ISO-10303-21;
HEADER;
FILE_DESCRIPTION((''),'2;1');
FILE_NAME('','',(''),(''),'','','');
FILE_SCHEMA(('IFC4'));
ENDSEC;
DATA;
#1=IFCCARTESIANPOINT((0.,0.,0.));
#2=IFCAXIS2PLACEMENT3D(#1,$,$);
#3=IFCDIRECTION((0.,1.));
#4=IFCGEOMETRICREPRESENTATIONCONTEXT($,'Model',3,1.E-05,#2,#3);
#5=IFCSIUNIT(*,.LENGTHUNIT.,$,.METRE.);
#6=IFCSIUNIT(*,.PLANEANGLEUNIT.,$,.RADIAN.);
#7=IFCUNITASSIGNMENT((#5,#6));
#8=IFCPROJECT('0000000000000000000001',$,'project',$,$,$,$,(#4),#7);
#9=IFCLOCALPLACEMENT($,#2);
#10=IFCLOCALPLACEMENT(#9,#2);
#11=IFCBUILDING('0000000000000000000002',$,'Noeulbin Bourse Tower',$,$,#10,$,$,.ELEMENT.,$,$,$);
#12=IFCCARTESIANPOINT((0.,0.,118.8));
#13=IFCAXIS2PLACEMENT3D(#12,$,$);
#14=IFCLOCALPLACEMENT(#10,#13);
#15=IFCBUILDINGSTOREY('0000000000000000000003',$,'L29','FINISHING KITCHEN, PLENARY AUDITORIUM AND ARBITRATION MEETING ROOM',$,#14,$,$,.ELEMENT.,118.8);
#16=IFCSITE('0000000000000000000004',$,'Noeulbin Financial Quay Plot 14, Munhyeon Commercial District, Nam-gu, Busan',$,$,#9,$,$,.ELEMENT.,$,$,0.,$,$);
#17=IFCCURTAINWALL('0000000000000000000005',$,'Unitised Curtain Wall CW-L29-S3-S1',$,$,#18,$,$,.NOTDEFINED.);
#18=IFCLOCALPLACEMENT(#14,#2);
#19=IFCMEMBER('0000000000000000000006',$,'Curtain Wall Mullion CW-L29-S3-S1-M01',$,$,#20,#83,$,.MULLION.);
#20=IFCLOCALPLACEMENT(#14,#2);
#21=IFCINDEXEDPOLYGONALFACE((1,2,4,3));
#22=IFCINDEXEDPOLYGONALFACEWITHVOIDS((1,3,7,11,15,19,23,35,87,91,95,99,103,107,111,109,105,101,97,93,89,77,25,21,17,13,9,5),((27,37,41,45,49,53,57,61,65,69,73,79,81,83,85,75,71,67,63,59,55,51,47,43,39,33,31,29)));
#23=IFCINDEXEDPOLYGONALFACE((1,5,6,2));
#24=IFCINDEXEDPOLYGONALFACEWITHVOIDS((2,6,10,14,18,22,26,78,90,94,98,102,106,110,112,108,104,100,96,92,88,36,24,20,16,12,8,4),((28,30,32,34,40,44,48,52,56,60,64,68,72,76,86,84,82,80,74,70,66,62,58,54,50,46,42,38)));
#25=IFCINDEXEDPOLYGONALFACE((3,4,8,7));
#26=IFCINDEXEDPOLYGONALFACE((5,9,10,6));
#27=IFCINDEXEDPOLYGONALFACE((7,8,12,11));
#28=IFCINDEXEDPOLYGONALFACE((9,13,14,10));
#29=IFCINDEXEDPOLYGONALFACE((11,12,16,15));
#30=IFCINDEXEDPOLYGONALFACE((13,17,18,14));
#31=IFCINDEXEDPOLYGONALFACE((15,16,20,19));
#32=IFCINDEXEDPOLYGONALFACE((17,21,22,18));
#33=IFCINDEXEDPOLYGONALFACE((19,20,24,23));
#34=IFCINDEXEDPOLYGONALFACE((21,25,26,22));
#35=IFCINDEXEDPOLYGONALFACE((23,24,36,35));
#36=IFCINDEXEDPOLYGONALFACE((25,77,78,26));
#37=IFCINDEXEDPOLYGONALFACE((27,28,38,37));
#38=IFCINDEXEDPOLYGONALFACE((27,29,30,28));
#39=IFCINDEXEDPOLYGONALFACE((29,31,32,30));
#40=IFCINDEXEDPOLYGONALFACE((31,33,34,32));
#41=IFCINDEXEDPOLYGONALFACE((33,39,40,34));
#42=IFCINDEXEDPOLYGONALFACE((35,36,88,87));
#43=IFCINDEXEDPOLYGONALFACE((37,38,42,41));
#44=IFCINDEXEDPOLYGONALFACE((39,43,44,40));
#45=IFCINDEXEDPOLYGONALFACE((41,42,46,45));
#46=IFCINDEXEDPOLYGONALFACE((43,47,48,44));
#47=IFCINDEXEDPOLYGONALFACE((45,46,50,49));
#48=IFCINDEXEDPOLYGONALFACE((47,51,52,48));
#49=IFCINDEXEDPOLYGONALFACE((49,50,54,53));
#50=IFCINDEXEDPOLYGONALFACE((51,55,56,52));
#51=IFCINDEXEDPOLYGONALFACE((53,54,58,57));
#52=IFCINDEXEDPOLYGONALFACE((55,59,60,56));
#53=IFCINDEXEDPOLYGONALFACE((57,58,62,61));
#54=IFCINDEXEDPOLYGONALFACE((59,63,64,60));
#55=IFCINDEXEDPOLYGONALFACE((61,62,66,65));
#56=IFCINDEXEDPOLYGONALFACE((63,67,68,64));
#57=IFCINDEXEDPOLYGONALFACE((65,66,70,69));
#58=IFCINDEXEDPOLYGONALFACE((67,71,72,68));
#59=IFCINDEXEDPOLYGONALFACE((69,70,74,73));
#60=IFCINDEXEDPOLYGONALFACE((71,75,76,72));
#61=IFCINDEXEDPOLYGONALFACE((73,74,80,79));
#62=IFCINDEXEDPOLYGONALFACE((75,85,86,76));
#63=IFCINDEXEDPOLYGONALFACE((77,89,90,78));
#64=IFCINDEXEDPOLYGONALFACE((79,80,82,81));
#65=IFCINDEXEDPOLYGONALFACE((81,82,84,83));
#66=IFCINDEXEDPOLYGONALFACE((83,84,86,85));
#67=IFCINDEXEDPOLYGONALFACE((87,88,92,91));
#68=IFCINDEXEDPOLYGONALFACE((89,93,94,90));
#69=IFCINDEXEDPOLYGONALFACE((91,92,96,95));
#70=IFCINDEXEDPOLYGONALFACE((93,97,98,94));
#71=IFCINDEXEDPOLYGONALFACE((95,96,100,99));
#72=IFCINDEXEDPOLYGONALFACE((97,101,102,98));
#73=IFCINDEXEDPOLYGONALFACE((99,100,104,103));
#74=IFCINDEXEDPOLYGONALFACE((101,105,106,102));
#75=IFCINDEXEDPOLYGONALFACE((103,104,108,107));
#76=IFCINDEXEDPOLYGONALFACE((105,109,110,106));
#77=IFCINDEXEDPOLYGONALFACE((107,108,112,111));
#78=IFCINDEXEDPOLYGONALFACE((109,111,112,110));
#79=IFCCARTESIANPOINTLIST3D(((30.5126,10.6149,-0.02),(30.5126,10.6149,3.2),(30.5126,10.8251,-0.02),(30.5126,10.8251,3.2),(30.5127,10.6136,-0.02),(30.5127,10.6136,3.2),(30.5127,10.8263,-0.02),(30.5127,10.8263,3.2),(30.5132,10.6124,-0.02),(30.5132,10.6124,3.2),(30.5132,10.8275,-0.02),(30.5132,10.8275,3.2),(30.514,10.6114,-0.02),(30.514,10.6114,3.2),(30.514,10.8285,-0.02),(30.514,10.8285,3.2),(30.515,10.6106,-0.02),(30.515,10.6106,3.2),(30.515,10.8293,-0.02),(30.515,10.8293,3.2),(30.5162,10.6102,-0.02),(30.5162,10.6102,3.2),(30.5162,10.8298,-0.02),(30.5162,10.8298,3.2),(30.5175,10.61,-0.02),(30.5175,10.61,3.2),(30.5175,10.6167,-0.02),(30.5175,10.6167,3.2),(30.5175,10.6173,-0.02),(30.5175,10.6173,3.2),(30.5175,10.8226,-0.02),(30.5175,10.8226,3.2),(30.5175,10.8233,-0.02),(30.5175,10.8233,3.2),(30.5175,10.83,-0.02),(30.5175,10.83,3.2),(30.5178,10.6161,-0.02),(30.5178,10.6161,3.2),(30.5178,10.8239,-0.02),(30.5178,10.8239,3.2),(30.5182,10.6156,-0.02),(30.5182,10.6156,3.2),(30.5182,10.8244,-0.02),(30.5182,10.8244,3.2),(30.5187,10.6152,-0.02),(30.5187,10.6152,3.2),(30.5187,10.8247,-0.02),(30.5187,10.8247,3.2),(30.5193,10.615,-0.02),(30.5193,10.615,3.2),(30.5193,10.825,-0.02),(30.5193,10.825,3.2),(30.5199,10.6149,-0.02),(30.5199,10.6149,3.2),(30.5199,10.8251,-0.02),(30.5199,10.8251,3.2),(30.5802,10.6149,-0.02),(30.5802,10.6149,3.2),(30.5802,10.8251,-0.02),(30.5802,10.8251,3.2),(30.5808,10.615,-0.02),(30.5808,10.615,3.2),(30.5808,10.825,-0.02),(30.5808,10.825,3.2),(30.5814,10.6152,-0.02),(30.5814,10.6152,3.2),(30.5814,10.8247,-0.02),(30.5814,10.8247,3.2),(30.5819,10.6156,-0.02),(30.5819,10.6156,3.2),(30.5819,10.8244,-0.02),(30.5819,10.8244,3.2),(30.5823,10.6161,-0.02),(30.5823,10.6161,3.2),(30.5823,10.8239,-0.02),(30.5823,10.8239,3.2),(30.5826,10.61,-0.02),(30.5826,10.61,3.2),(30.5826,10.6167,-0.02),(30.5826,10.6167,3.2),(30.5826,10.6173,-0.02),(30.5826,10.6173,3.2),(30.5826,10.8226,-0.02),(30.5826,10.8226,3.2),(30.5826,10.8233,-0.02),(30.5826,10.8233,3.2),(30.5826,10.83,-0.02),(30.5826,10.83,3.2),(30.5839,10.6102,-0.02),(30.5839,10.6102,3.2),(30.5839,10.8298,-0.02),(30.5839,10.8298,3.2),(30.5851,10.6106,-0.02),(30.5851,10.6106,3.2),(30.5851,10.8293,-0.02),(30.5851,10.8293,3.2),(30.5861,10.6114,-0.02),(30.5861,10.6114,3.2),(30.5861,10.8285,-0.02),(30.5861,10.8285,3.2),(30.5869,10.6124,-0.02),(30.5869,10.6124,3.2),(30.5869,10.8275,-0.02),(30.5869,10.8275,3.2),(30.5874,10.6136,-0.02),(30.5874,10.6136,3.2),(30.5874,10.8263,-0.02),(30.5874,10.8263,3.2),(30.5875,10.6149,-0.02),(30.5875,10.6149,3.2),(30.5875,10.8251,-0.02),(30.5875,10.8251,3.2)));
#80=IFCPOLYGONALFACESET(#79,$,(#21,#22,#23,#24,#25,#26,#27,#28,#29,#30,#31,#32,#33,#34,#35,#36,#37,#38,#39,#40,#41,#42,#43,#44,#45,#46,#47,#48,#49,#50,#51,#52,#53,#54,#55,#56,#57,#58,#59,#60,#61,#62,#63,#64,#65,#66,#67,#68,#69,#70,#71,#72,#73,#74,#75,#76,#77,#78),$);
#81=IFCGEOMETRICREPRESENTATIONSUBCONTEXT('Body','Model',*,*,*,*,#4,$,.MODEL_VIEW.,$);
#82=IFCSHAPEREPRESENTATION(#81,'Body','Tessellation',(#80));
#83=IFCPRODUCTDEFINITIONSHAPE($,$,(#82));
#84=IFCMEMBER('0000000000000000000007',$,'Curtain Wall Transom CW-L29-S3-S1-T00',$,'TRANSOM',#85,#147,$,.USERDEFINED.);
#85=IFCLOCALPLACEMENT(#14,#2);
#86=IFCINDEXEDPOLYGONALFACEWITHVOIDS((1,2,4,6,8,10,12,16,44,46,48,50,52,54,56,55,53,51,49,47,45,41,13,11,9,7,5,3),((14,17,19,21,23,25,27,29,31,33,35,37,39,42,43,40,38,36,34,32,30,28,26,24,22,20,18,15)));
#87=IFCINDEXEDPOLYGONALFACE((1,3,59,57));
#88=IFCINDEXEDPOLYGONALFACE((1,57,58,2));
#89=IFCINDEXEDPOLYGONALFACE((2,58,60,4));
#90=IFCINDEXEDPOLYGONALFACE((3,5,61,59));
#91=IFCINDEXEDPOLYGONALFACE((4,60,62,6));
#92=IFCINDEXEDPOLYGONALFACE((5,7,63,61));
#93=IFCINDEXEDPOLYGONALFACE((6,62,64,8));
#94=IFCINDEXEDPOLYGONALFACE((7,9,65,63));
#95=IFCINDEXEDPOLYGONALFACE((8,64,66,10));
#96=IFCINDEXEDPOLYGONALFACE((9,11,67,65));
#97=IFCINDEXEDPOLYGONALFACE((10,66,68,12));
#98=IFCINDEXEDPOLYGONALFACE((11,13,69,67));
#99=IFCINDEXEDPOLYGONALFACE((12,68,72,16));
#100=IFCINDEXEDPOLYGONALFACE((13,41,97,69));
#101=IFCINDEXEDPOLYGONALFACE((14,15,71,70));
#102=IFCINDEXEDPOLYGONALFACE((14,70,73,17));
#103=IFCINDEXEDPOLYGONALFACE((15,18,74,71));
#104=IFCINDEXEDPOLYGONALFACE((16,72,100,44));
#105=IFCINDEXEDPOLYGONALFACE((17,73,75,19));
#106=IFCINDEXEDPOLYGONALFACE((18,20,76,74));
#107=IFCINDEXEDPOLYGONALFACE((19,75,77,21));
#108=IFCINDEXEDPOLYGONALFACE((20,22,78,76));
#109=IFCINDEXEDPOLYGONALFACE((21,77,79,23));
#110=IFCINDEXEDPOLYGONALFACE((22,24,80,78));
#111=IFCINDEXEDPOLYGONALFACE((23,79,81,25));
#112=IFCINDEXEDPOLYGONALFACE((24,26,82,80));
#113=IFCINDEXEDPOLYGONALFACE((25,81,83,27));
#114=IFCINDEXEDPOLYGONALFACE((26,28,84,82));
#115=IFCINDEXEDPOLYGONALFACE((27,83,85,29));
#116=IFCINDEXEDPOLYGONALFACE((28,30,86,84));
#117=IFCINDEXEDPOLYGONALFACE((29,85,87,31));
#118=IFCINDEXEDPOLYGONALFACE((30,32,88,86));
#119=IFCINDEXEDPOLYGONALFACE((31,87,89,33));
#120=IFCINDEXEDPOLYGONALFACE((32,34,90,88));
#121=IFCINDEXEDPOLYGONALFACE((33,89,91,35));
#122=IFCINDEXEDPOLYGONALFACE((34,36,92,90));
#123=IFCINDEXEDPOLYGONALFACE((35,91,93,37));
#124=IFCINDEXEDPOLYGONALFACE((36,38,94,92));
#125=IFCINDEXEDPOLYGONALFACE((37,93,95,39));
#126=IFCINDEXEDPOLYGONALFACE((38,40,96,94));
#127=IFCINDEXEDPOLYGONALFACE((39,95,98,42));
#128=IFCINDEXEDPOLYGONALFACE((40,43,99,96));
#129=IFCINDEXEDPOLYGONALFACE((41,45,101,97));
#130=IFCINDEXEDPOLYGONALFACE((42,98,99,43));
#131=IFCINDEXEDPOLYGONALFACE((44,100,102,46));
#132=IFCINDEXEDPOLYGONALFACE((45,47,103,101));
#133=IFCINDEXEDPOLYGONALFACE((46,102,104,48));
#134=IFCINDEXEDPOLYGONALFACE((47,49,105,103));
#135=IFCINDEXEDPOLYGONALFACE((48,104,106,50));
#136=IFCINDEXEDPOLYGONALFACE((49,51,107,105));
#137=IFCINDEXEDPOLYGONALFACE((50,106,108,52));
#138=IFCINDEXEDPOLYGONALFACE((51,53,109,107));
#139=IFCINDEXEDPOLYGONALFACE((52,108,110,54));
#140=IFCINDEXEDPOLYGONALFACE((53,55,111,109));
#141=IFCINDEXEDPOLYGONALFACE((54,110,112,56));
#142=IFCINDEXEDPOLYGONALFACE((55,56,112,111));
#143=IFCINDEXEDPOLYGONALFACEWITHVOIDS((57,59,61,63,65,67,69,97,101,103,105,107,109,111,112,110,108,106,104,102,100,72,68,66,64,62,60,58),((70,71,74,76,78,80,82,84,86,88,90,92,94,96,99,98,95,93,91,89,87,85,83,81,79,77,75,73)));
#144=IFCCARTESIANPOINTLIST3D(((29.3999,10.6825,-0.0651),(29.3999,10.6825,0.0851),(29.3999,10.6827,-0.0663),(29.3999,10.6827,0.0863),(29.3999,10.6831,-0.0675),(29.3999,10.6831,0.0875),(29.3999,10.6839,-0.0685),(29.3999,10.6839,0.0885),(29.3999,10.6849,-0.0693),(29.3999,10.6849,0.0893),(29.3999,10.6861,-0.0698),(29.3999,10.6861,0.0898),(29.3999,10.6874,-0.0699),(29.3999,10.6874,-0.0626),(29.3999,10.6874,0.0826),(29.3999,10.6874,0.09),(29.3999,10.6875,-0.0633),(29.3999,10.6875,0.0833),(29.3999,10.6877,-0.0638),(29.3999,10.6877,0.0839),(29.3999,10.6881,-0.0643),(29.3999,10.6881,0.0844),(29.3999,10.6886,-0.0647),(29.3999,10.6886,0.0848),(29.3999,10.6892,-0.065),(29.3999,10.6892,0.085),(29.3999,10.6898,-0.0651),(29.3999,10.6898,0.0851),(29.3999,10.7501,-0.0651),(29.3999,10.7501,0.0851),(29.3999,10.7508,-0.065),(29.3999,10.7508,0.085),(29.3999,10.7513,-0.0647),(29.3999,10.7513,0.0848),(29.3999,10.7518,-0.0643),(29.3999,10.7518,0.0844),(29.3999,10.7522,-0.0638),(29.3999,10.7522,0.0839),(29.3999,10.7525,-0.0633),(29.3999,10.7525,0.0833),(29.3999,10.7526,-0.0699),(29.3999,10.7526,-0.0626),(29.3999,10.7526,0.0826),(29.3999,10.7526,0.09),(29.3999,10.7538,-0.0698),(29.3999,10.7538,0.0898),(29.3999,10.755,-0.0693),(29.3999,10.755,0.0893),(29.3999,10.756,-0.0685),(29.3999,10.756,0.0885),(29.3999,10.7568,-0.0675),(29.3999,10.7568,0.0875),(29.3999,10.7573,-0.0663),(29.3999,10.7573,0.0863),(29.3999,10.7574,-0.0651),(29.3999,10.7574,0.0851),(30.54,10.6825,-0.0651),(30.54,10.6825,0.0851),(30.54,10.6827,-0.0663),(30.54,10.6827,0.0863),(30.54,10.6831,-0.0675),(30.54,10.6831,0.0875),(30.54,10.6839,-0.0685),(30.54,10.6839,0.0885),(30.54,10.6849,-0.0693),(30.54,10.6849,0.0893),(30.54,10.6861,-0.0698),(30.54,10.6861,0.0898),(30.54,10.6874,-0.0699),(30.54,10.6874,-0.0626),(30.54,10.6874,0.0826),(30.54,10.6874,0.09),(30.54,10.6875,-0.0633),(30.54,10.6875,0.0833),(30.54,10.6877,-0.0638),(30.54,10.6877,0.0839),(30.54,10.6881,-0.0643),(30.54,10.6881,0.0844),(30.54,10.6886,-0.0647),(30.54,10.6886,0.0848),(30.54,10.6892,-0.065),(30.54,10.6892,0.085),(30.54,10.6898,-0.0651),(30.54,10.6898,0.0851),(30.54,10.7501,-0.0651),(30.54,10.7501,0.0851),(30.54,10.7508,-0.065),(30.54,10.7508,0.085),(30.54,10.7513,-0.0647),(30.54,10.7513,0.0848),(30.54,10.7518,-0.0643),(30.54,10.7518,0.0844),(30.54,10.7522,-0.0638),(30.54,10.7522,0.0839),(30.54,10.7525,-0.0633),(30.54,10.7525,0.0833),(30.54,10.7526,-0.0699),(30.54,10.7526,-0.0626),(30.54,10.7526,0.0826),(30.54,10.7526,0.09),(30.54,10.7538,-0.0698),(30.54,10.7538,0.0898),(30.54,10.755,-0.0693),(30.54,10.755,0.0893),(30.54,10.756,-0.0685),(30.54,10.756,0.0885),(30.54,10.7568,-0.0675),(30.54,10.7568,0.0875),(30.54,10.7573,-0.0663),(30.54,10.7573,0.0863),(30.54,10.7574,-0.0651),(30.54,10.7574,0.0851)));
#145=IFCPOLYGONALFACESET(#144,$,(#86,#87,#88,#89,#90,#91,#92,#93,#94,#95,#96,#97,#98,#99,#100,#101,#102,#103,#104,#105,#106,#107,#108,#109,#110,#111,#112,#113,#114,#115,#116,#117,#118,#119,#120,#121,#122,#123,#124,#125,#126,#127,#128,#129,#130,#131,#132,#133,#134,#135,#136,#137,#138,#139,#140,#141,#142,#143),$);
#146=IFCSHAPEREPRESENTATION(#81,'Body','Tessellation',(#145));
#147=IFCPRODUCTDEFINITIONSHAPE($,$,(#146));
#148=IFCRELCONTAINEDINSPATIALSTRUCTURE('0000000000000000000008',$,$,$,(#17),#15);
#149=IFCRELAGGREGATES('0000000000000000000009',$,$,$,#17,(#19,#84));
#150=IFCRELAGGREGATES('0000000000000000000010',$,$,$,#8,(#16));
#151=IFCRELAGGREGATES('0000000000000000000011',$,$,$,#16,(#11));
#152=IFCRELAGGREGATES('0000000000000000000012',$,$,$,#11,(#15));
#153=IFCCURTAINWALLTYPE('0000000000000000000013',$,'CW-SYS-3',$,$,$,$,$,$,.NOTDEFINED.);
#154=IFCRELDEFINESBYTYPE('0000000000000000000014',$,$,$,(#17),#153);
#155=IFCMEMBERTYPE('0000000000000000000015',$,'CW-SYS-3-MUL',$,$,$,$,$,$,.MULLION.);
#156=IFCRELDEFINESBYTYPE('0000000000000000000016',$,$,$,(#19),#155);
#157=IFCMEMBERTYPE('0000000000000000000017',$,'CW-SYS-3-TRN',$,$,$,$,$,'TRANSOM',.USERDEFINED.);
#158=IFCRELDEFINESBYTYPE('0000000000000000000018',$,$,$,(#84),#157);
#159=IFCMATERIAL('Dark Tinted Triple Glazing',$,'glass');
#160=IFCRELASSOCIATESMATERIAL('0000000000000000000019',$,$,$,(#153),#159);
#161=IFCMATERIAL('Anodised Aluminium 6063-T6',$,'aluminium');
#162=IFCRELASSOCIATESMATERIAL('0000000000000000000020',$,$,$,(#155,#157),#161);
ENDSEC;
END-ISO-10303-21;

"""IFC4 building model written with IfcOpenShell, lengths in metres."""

from ifc_helpers import new_model, si_unit, direction, frame, origin, origin_2d, place, context, subcontext, project, spatial, hollow_rectangle, extrude, material, material_profile, profile_set, type_object, element, aggregate, save


model = new_model("IFC4")

# Units and contexts
model_context = context("Model", 3, precision=1e-05, world=origin(), true_north=direction((0.0, 1.0)))
body_context = subcontext(model_context, "Body", "Model", "MODEL_VIEW")
ifc_project = project(units=[si_unit("LENGTHUNIT", "METRE"), si_unit("PLANEANGLEUNIT", "RADIAN")], contexts=[model_context])

# Site, building, storey
site_placement = place(None, origin())
site = spatial("IfcSite", under=ifc_project, at=site_placement, Name="Noeulbin Financial Quay Plot 14, Munhyeon Commercial District, Nam-gu, Busan", CompositionType="ELEMENT", RefElevation=0.0)
building_placement = place(site_placement, origin())
building = spatial("IfcBuilding", under=site, at=building_placement, Name="Noeulbin Bourse Tower", CompositionType="ELEMENT")
storey_placement = place(building_placement, frame((0.0, 0.0, 118.8)))
storey = spatial("IfcBuildingStorey", under=building, at=storey_placement, Name="L29", Description="FINISHING KITCHEN, PLENARY AUDITORIUM AND ARBITRATION MEETING ROOM", CompositionType="ELEMENT", Elevation=118.8)

# Shared definitions
ifc_material_1 = material(Name="Dark Tinted Triple Glazing", Category="glass")
curtain_wall_type = type_object("IfcCurtainWallType", Name="CW-SYS-3", PredefinedType="NOTDEFINED", material=ifc_material_1)
ifc_material_2 = material(Name="Anodised Aluminium 6063-T6", Category="aluminium")
ifc_material_profile_1 = material_profile(ifc_material_2, hollow_rectangle(XDim=0.075, YDim=0.22, WallThickness=0.0049, InnerFilletRadius=0.0024, OuterFilletRadius=0.0049, at=origin_2d()), Name="ALU-MULL-75x220x5", Category="LoadBearing")
ifc_profile_set_1 = profile_set([ifc_material_profile_1], Name="Anodised Aluminium 6063-T6")
member_type_1 = type_object("IfcMemberType", Name="CW-SYS-3-MUL", PredefinedType="MULLION", material=ifc_profile_set_1)

# Curtain wall, members
curtain_wall_1_placement = place(storey_placement, origin())
curtain_wall_1 = element("IfcCurtainWall", 1, at=curtain_wall_1_placement, inside=storey, type_object=curtain_wall_type, Name="Unitised Curtain Wall CW-L29-S3-S1", PredefinedType="NOTDEFINED")
member_1_placement = place(storey_placement, frame((30.55, 10.72, -0.02), z_axis=(0.0, 0.0, 1.0), x_axis=(1.0, 0.0, 0.0)))
member_1 = element("IfcMember", 2, at=member_1_placement, type_object=member_type_1, Name="Curtain Wall Mullion CW-L29-S3-S1-M01", PredefinedType="MULLION", context=body_context, shape_type="SweptSolid", body=[
    extrude(hollow_rectangle(XDim=0.075, YDim=0.22, WallThickness=0.0049, InnerFilletRadius=0.0024, OuterFilletRadius=0.0049, at=origin_2d()), origin(), (0.0, 0.0, 1.0), 3.22),
])
ifc_material_profile_2 = material_profile(ifc_material_2, hollow_rectangle(XDim=0.075, YDim=0.1599, WallThickness=0.0049, InnerFilletRadius=0.0024, OuterFilletRadius=0.0049, at=origin_2d()), Name="ALU-TRAN-75x160x5", Category="LoadBearing")
ifc_profile_set_2 = profile_set([ifc_material_profile_2], Name="Anodised Aluminium 6063-T6")
member_type_2 = type_object("IfcMemberType", Name="CW-SYS-3-TRN", ElementType="TRANSOM", PredefinedType="USERDEFINED", material=ifc_profile_set_2)
member_2_placement = place(storey_placement, frame((29.3999, 10.72, 0.01), z_axis=(1.0, 0.0, 0.0), x_axis=(0.0, 1.0, 0.0)))
member_2 = element("IfcMember", 3, at=member_2_placement, type_object=member_type_2, Name="Curtain Wall Transom CW-L29-S3-S1-T00", ObjectType="TRANSOM", PredefinedType="USERDEFINED", context=body_context, shape_type="SweptSolid", body=[
    extrude(hollow_rectangle(XDim=0.075, YDim=0.1599, WallThickness=0.0049, InnerFilletRadius=0.0024, OuterFilletRadius=0.0049, at=origin_2d()), origin(), (0.0, 0.0, 1.0), 1.1401),
])

aggregate(curtain_wall_1, [member_1, member_2])

save(model, "model.ifc")
